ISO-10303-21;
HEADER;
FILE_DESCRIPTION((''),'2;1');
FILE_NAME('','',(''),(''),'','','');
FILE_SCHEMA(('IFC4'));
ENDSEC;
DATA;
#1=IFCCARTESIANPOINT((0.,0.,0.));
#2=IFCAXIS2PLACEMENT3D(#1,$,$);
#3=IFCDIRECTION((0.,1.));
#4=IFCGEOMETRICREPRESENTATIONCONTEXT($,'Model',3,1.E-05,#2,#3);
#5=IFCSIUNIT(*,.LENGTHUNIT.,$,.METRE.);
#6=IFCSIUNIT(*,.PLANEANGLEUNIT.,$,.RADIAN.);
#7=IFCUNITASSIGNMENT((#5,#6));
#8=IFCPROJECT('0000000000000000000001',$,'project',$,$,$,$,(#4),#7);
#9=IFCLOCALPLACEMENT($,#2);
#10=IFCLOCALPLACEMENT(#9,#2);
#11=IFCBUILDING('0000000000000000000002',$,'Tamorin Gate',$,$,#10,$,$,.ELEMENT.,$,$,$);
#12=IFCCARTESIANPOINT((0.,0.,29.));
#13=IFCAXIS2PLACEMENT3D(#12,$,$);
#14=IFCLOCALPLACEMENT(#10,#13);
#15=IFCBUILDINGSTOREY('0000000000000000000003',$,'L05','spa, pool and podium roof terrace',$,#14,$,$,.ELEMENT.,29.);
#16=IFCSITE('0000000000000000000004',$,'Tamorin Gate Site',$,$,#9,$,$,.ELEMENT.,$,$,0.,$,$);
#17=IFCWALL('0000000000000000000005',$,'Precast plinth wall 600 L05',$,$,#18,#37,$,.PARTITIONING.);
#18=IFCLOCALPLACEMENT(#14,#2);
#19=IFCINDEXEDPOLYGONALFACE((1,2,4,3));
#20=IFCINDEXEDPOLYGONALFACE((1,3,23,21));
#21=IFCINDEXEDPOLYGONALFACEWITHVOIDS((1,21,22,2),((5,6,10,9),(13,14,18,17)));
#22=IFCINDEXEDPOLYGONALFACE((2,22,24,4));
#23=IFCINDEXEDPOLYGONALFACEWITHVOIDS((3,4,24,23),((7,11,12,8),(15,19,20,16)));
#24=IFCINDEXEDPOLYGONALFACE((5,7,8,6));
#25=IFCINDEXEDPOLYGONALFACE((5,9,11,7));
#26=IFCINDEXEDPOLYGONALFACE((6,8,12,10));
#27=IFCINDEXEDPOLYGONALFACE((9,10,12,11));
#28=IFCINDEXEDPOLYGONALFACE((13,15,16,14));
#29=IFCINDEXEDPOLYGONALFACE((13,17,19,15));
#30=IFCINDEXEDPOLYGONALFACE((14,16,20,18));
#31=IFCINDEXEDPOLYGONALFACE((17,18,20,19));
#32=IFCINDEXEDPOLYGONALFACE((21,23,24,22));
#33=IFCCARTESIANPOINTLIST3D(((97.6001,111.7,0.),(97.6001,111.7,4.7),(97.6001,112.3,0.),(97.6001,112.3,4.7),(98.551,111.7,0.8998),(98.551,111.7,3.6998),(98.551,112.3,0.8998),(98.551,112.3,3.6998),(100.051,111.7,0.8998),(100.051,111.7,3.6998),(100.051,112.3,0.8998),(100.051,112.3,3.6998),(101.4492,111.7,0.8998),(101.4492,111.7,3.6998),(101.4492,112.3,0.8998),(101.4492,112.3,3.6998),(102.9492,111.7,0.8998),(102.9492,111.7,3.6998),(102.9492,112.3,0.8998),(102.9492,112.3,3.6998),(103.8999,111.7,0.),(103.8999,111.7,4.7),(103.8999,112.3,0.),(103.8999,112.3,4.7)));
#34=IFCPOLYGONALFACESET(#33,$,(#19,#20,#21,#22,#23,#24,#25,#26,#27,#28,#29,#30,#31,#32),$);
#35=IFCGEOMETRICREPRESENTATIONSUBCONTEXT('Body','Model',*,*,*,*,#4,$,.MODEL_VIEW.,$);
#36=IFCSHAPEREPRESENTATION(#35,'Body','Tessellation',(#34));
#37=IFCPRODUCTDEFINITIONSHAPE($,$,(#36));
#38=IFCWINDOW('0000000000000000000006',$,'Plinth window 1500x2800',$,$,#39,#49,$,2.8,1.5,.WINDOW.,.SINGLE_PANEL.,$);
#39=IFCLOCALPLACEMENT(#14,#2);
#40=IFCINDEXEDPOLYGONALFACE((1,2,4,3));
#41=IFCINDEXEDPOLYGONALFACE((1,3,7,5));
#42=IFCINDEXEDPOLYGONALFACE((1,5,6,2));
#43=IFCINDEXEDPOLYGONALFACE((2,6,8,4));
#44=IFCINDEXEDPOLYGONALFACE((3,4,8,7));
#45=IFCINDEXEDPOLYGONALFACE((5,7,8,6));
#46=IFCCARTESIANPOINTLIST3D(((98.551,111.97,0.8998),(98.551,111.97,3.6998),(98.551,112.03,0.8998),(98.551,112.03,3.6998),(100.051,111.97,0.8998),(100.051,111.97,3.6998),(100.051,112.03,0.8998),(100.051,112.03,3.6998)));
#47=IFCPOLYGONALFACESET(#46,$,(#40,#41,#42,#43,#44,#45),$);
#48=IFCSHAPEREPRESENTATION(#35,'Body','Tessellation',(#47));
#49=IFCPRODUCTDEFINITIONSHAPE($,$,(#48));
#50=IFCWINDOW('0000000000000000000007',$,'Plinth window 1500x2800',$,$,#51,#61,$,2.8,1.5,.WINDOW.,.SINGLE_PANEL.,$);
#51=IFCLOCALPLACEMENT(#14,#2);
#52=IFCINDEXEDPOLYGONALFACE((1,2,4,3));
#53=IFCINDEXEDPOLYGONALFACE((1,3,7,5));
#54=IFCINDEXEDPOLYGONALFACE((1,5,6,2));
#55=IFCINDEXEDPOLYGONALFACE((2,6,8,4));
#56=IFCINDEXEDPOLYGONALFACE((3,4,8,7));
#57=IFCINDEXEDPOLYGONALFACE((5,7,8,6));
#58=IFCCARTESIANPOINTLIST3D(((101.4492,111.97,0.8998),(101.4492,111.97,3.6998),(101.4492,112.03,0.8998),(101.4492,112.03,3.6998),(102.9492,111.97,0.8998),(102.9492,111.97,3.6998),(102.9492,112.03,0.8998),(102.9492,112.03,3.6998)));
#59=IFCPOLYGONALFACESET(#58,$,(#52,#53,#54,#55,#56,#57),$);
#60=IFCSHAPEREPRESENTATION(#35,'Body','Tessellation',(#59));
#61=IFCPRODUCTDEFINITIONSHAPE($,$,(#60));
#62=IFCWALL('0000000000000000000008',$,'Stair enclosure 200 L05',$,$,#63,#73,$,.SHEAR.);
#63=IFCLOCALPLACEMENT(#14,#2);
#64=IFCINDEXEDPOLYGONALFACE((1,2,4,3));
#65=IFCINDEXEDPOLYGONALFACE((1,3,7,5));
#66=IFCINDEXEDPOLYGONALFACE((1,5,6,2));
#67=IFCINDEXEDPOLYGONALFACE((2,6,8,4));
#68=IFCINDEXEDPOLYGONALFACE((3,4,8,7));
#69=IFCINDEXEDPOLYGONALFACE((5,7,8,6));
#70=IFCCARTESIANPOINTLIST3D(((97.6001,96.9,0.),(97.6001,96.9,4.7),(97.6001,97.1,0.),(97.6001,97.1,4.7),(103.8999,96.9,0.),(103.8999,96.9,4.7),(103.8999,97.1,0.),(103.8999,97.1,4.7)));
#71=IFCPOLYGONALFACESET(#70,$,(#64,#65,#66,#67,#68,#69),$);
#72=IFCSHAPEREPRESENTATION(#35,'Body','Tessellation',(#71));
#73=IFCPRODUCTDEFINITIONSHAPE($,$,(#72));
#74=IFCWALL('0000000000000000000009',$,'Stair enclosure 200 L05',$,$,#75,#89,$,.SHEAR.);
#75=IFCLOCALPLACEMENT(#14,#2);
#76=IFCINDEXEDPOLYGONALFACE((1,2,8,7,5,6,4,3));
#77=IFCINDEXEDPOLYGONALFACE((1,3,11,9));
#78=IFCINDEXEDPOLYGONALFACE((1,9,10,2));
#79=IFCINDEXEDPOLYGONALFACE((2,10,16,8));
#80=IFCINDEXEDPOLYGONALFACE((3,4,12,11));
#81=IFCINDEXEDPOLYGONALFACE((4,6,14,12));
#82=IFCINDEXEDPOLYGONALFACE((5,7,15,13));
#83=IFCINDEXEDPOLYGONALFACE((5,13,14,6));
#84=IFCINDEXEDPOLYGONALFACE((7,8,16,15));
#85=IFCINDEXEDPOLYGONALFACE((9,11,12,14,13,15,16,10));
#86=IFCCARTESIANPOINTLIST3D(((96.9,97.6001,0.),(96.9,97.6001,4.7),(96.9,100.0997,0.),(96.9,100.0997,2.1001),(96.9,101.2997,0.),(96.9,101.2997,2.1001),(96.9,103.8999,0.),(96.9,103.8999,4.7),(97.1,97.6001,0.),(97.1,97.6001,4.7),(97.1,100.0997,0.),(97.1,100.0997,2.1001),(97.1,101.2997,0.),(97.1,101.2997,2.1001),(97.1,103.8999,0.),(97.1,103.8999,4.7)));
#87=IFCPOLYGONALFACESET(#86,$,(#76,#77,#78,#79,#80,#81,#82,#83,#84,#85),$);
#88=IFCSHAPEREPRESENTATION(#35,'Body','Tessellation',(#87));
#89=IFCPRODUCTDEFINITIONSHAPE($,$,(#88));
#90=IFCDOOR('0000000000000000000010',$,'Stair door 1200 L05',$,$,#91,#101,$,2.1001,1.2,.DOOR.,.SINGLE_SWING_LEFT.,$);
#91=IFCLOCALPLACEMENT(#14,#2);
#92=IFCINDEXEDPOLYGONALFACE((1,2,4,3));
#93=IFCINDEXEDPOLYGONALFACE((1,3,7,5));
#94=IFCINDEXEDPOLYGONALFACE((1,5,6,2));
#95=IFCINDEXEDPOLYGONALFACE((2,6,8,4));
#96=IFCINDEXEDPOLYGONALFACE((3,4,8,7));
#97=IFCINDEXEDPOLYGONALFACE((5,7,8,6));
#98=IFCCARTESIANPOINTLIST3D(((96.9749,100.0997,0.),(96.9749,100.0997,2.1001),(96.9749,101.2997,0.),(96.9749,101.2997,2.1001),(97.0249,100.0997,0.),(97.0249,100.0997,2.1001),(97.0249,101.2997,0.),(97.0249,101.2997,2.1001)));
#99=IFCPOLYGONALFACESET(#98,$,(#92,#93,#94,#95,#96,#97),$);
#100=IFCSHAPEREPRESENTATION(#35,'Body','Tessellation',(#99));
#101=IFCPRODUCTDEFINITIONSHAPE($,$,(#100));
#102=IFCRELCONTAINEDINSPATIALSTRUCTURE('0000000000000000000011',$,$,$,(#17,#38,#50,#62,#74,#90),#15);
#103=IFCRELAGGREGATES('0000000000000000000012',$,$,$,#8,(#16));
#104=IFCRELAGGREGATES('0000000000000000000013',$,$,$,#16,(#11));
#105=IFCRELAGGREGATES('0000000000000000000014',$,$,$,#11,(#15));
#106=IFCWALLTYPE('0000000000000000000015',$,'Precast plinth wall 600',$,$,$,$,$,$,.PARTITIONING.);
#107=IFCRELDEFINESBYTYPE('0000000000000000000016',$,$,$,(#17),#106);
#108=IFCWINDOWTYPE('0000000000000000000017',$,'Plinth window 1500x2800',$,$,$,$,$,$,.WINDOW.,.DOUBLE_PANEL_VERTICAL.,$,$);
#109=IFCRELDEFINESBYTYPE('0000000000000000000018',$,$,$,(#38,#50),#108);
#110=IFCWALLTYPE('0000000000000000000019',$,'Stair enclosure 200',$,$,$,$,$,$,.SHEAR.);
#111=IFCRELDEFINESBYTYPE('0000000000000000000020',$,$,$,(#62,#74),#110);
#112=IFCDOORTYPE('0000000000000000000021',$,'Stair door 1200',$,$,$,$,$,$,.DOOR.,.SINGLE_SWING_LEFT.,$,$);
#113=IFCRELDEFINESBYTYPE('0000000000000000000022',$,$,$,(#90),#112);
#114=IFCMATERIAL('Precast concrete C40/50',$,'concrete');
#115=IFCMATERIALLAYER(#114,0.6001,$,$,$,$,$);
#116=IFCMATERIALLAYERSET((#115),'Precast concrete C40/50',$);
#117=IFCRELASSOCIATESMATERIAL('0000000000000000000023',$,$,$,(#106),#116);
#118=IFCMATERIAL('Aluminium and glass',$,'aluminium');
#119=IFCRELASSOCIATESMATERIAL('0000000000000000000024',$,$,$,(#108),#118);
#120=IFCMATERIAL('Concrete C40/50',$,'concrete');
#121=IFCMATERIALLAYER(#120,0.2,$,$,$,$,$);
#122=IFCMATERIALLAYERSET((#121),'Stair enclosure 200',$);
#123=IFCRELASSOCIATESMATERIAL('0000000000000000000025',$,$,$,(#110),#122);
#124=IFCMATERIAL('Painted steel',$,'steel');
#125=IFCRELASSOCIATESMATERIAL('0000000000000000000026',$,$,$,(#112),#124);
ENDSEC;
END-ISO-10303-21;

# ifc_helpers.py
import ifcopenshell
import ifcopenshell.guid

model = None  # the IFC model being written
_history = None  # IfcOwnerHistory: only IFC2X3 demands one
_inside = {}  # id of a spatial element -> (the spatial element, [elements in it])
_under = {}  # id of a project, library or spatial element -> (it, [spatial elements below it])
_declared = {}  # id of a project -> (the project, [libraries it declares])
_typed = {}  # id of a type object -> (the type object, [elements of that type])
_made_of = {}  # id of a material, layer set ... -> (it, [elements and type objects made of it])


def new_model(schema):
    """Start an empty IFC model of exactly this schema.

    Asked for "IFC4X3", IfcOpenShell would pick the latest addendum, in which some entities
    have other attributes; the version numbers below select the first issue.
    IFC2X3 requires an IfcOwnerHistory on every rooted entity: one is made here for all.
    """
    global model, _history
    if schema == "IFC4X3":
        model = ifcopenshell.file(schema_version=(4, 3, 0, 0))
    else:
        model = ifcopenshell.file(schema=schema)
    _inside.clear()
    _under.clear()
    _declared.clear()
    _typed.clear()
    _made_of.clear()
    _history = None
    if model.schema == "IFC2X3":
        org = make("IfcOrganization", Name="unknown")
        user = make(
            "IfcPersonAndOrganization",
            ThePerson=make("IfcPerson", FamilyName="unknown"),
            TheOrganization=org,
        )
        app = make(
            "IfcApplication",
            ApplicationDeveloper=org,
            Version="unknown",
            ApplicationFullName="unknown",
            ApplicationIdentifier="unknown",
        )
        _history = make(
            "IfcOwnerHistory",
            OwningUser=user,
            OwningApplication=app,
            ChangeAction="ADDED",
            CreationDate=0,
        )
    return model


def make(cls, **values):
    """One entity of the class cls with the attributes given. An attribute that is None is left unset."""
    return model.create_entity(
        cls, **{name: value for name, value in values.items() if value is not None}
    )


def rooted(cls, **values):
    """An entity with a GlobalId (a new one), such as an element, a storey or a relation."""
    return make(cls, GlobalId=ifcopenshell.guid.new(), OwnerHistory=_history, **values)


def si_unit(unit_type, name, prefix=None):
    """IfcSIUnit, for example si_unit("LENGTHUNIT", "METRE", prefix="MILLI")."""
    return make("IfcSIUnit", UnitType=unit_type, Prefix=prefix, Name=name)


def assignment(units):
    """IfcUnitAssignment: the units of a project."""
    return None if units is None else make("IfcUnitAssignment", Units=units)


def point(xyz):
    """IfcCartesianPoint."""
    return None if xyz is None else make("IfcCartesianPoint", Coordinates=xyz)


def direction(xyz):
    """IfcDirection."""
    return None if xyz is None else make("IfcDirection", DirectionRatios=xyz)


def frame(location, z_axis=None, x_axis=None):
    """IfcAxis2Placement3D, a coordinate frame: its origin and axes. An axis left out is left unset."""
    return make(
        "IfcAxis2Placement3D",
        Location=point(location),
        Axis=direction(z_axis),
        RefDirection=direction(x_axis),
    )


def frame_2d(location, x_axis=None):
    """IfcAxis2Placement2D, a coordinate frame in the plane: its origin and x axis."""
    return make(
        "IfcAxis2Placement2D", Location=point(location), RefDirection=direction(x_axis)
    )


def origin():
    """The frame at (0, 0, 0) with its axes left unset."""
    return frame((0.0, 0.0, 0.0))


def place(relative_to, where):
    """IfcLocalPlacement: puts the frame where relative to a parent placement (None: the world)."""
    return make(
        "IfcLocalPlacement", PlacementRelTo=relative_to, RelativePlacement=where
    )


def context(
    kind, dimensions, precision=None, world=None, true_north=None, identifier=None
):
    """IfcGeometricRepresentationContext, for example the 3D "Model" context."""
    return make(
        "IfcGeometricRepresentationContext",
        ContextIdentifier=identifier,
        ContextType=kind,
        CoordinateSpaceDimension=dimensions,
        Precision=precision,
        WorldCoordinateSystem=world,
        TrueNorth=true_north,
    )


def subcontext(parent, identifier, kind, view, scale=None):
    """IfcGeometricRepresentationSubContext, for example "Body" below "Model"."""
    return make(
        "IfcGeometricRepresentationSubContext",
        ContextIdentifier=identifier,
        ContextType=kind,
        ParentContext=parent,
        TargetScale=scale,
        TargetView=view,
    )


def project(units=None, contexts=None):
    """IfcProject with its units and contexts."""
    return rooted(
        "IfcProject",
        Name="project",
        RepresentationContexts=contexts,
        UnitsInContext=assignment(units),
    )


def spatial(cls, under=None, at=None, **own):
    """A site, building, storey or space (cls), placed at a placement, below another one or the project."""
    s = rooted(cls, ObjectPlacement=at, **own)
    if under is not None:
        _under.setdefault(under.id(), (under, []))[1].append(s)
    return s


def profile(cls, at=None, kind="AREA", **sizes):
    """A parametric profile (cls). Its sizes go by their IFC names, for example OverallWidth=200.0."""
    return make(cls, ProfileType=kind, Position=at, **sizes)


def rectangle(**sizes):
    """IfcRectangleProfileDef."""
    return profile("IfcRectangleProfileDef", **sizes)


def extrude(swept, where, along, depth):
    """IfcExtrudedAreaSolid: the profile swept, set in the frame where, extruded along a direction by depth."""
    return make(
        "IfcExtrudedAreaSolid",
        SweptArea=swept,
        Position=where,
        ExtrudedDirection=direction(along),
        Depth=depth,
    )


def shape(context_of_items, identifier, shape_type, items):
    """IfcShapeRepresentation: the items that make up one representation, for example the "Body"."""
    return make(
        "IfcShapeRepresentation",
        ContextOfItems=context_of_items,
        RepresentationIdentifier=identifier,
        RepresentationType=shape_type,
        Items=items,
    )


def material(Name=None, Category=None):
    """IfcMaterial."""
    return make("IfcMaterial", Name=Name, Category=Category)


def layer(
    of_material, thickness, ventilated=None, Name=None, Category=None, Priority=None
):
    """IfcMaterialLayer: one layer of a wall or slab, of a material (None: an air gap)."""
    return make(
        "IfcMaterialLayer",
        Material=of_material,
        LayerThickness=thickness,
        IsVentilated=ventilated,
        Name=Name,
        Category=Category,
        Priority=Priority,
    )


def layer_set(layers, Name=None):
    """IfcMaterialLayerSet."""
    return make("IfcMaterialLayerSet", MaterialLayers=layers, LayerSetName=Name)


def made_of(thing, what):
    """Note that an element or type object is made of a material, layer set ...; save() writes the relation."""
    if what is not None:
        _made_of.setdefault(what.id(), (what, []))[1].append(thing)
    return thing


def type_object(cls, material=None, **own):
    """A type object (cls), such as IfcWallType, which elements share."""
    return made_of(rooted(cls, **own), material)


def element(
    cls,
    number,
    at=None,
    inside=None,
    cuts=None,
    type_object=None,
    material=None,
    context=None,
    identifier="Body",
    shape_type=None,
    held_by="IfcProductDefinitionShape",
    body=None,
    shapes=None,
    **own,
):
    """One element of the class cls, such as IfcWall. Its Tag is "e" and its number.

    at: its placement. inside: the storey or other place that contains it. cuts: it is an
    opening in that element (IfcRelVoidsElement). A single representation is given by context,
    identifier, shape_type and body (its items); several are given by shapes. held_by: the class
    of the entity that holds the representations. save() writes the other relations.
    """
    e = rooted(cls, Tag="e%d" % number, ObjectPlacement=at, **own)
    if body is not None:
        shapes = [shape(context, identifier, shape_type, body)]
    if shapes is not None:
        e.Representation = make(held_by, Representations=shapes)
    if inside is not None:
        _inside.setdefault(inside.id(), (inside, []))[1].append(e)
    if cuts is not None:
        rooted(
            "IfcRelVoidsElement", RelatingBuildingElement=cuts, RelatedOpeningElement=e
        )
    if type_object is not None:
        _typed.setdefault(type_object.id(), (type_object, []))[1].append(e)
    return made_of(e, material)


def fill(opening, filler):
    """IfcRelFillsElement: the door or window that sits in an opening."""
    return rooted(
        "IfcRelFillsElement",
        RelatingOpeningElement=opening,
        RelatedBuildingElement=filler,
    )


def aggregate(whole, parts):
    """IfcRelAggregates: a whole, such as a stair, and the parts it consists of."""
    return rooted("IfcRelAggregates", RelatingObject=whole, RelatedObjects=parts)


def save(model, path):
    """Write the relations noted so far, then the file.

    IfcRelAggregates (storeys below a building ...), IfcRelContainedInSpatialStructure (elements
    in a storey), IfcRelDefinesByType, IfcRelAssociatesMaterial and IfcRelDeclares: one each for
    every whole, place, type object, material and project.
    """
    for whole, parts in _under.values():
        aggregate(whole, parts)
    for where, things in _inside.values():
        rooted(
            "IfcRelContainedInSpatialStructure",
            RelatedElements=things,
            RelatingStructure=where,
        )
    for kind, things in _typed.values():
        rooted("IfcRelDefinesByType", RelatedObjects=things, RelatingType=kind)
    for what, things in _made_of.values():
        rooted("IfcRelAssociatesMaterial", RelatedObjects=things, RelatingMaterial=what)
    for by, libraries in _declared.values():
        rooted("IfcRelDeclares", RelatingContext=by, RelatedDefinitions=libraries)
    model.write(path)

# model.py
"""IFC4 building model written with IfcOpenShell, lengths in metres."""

from ifc_helpers import new_model, si_unit, direction, frame, frame_2d, origin, place, context, subcontext, project, spatial, rectangle, extrude, material, layer, layer_set, type_object, element, fill, save


model = new_model("IFC4")

# Units and contexts
model_context = context("Model", 3, precision=1e-05, world=origin(), true_north=direction((0.0, 1.0)))
body_context = subcontext(model_context, "Body", "Model", "MODEL_VIEW")
ifc_project = project(units=[si_unit("LENGTHUNIT", "METRE"), si_unit("PLANEANGLEUNIT", "RADIAN")], contexts=[model_context])

# Site, building, storey
site_placement = place(None, origin())
site = spatial("IfcSite", under=ifc_project, at=site_placement, Name="Tamorin Gate Site", CompositionType="ELEMENT", RefElevation=0.0)
building_placement = place(site_placement, origin())
building = spatial("IfcBuilding", under=site, at=building_placement, Name="Tamorin Gate", CompositionType="ELEMENT")
storey_placement = place(building_placement, frame((0.0, 0.0, 29.0)))
storey = spatial("IfcBuildingStorey", under=building, at=storey_placement, Name="L05", Description="spa, pool and podium roof terrace", CompositionType="ELEMENT", Elevation=29.0)

# Wall, openings, windows
ifc_material_1 = material(Name="Precast concrete C40/50", Category="concrete")
ifc_layer_1 = layer(ifc_material_1, 0.6001)
ifc_layer_set_1 = layer_set([ifc_layer_1], Name="Precast concrete C40/50")
wall_type_1 = type_object("IfcWallType", Name="Precast plinth wall 600", PredefinedType="PARTITIONING", material=ifc_layer_set_1)
ifc_material_2 = material(Name="Aluminium and glass", Category="aluminium")
window_type = type_object("IfcWindowType", Name="Plinth window 1500x2800", PartitioningType="DOUBLE_PANEL_VERTICAL", PredefinedType="WINDOW", material=ifc_material_2)
wall_1_placement = place(storey_placement, frame((97.6001, 112.0, 0.0), z_axis=(0.0, 0.0, 1.0), x_axis=(1.0, 0.0, 0.0)))
wall_1 = element("IfcWall", 1, at=wall_1_placement, inside=storey, type_object=wall_type_1, Name="Precast plinth wall 600 L05", PredefinedType="PARTITIONING", context=body_context, shape_type="SweptSolid", body=[
    extrude(rectangle(XDim=6.2998, YDim=0.6001, at=frame_2d((3.1499, 0.0))), origin(), (0.0, 0.0, 1.0), 4.7),
])
opening_1_placement = place(wall_1_placement, frame((0.9509, 0.0, 0.8999)))
opening_1 = element("IfcOpeningElement", 2, at=opening_1_placement, cuts=wall_1, PredefinedType="OPENING", context=body_context, shape_type="SweptSolid", body=[
    extrude(rectangle(XDim=1.5, YDim=2.8, at=frame_2d((0.75, 1.3999))), frame((0.0, 0.3101, 0.0), z_axis=(0.0, -1.0, 0.0), x_axis=(1.0, 0.0, 0.0)), (0.0, 0.0, 1.0), 0.6201),
])
opening_2_placement = place(wall_1_placement, frame((3.8491, 0.0, 0.8999)))
opening_2 = element("IfcOpeningElement", 3, at=opening_2_placement, cuts=wall_1, PredefinedType="OPENING", context=body_context, shape_type="SweptSolid", body=[
    extrude(rectangle(XDim=1.5, YDim=2.8, at=frame_2d((0.75, 1.3999))), frame((0.0, 0.3101, 0.0), z_axis=(0.0, -1.0, 0.0), x_axis=(1.0, 0.0, 0.0)), (0.0, 0.0, 1.0), 0.6201),
])
window_1_placement = place(opening_1_placement, origin())
window_1 = element("IfcWindow", 4, at=window_1_placement, inside=storey, type_object=window_type, Name="Plinth window 1500x2800", OverallHeight=2.8, OverallWidth=1.5, PartitioningType="SINGLE_PANEL", PredefinedType="WINDOW", context=body_context, shape_type="SweptSolid", body=[
    extrude(rectangle(XDim=1.5, YDim=2.8, at=frame_2d((0.75, 1.3999))), frame((0.0, 0.03, 0.0), z_axis=(0.0, -1.0, 0.0), x_axis=(1.0, 0.0, 0.0)), (0.0, 0.0, 1.0), 0.0601),
])
fill(opening_1, window_1)
window_2_placement = place(opening_2_placement, origin())
window_2 = element("IfcWindow", 5, at=window_2_placement, inside=storey, type_object=window_type, Name="Plinth window 1500x2800", OverallHeight=2.8, OverallWidth=1.5, PartitioningType="SINGLE_PANEL", PredefinedType="WINDOW", context=body_context, shape_type="SweptSolid", body=[
    extrude(rectangle(XDim=1.5, YDim=2.8, at=frame_2d((0.75, 1.3999))), frame((0.0, 0.03, 0.0), z_axis=(0.0, -1.0, 0.0), x_axis=(1.0, 0.0, 0.0)), (0.0, 0.0, 1.0), 0.0601),
])
fill(opening_2, window_2)

# Wall
ifc_material_3 = material(Name="Concrete C40/50", Category="concrete")
ifc_layer_2 = layer(ifc_material_3, 0.2)
ifc_layer_set_2 = layer_set([ifc_layer_2], Name="Stair enclosure 200")
wall_type_2 = type_object("IfcWallType", Name="Stair enclosure 200", PredefinedType="SHEAR", material=ifc_layer_set_2)
wall_2_placement = place(storey_placement, frame((97.6001, 97.0, 0.0), z_axis=(0.0, 0.0, 1.0), x_axis=(1.0, 0.0, 0.0)))
element("IfcWall", 6, at=wall_2_placement, inside=storey, type_object=wall_type_2, Name="Stair enclosure 200 L05", PredefinedType="SHEAR", context=body_context, shape_type="SweptSolid", body=[
    extrude(rectangle(XDim=6.2998, YDim=0.2, at=frame_2d((3.1499, 0.0))), origin(), (0.0, 0.0, 1.0), 4.7),
])

# Wall, opening, door
wall_3_placement = place(storey_placement, frame((97.0, 103.8999, 0.0), z_axis=(0.0, 0.0, 1.0), x_axis=(0.0, -1.0, 0.0)))
wall_3 = element("IfcWall", 7, at=wall_3_placement, inside=storey, type_object=wall_type_2, Name="Stair enclosure 200 L05", PredefinedType="SHEAR", context=body_context, shape_type="SweptSolid", body=[
    extrude(rectangle(XDim=6.2998, YDim=0.2, at=frame_2d((3.1499, 0.0))), origin(), (0.0, 0.0, 1.0), 4.7),
])
opening_3_placement = place(wall_3_placement, frame((2.6001, 0.0, 0.0)))
opening_3 = element("IfcOpeningElement", 8, at=opening_3_placement, cuts=wall_3, PredefinedType="OPENING", context=body_context, shape_type="SweptSolid", body=[
    extrude(rectangle(XDim=1.2, YDim=2.1001, at=frame_2d((0.6001, 1.05))), frame((0.0, 0.1099, 0.0), z_axis=(0.0, -1.0, 0.0), x_axis=(1.0, 0.0, 0.0)), (0.0, 0.0, 1.0), 0.22),
])
ifc_material_4 = material(Name="Painted steel", Category="steel")
door_type_1 = type_object("IfcDoorType", Name="Stair door 1200", OperationType="SINGLE_SWING_LEFT", PredefinedType="DOOR", material=ifc_material_4)
door_1_placement = place(opening_3_placement, origin())
door_1 = element("IfcDoor", 9, at=door_1_placement, inside=storey, type_object=door_type_1, Name="Stair door 1200 L05", OperationType="SINGLE_SWING_LEFT", OverallHeight=2.1001, OverallWidth=1.2, PredefinedType="DOOR", context=body_context, shape_type="SweptSolid", body=[
    extrude(rectangle(XDim=1.2, YDim=2.1001, at=frame_2d((0.6001, 1.05))), frame((0.0, 0.0249, 0.0), z_axis=(0.0, -1.0, 0.0), x_axis=(1.0, 0.0, 0.0)), (0.0, 0.0, 1.0), 0.05),
])
fill(opening_3, door_1)

save(model, "model.ifc")
